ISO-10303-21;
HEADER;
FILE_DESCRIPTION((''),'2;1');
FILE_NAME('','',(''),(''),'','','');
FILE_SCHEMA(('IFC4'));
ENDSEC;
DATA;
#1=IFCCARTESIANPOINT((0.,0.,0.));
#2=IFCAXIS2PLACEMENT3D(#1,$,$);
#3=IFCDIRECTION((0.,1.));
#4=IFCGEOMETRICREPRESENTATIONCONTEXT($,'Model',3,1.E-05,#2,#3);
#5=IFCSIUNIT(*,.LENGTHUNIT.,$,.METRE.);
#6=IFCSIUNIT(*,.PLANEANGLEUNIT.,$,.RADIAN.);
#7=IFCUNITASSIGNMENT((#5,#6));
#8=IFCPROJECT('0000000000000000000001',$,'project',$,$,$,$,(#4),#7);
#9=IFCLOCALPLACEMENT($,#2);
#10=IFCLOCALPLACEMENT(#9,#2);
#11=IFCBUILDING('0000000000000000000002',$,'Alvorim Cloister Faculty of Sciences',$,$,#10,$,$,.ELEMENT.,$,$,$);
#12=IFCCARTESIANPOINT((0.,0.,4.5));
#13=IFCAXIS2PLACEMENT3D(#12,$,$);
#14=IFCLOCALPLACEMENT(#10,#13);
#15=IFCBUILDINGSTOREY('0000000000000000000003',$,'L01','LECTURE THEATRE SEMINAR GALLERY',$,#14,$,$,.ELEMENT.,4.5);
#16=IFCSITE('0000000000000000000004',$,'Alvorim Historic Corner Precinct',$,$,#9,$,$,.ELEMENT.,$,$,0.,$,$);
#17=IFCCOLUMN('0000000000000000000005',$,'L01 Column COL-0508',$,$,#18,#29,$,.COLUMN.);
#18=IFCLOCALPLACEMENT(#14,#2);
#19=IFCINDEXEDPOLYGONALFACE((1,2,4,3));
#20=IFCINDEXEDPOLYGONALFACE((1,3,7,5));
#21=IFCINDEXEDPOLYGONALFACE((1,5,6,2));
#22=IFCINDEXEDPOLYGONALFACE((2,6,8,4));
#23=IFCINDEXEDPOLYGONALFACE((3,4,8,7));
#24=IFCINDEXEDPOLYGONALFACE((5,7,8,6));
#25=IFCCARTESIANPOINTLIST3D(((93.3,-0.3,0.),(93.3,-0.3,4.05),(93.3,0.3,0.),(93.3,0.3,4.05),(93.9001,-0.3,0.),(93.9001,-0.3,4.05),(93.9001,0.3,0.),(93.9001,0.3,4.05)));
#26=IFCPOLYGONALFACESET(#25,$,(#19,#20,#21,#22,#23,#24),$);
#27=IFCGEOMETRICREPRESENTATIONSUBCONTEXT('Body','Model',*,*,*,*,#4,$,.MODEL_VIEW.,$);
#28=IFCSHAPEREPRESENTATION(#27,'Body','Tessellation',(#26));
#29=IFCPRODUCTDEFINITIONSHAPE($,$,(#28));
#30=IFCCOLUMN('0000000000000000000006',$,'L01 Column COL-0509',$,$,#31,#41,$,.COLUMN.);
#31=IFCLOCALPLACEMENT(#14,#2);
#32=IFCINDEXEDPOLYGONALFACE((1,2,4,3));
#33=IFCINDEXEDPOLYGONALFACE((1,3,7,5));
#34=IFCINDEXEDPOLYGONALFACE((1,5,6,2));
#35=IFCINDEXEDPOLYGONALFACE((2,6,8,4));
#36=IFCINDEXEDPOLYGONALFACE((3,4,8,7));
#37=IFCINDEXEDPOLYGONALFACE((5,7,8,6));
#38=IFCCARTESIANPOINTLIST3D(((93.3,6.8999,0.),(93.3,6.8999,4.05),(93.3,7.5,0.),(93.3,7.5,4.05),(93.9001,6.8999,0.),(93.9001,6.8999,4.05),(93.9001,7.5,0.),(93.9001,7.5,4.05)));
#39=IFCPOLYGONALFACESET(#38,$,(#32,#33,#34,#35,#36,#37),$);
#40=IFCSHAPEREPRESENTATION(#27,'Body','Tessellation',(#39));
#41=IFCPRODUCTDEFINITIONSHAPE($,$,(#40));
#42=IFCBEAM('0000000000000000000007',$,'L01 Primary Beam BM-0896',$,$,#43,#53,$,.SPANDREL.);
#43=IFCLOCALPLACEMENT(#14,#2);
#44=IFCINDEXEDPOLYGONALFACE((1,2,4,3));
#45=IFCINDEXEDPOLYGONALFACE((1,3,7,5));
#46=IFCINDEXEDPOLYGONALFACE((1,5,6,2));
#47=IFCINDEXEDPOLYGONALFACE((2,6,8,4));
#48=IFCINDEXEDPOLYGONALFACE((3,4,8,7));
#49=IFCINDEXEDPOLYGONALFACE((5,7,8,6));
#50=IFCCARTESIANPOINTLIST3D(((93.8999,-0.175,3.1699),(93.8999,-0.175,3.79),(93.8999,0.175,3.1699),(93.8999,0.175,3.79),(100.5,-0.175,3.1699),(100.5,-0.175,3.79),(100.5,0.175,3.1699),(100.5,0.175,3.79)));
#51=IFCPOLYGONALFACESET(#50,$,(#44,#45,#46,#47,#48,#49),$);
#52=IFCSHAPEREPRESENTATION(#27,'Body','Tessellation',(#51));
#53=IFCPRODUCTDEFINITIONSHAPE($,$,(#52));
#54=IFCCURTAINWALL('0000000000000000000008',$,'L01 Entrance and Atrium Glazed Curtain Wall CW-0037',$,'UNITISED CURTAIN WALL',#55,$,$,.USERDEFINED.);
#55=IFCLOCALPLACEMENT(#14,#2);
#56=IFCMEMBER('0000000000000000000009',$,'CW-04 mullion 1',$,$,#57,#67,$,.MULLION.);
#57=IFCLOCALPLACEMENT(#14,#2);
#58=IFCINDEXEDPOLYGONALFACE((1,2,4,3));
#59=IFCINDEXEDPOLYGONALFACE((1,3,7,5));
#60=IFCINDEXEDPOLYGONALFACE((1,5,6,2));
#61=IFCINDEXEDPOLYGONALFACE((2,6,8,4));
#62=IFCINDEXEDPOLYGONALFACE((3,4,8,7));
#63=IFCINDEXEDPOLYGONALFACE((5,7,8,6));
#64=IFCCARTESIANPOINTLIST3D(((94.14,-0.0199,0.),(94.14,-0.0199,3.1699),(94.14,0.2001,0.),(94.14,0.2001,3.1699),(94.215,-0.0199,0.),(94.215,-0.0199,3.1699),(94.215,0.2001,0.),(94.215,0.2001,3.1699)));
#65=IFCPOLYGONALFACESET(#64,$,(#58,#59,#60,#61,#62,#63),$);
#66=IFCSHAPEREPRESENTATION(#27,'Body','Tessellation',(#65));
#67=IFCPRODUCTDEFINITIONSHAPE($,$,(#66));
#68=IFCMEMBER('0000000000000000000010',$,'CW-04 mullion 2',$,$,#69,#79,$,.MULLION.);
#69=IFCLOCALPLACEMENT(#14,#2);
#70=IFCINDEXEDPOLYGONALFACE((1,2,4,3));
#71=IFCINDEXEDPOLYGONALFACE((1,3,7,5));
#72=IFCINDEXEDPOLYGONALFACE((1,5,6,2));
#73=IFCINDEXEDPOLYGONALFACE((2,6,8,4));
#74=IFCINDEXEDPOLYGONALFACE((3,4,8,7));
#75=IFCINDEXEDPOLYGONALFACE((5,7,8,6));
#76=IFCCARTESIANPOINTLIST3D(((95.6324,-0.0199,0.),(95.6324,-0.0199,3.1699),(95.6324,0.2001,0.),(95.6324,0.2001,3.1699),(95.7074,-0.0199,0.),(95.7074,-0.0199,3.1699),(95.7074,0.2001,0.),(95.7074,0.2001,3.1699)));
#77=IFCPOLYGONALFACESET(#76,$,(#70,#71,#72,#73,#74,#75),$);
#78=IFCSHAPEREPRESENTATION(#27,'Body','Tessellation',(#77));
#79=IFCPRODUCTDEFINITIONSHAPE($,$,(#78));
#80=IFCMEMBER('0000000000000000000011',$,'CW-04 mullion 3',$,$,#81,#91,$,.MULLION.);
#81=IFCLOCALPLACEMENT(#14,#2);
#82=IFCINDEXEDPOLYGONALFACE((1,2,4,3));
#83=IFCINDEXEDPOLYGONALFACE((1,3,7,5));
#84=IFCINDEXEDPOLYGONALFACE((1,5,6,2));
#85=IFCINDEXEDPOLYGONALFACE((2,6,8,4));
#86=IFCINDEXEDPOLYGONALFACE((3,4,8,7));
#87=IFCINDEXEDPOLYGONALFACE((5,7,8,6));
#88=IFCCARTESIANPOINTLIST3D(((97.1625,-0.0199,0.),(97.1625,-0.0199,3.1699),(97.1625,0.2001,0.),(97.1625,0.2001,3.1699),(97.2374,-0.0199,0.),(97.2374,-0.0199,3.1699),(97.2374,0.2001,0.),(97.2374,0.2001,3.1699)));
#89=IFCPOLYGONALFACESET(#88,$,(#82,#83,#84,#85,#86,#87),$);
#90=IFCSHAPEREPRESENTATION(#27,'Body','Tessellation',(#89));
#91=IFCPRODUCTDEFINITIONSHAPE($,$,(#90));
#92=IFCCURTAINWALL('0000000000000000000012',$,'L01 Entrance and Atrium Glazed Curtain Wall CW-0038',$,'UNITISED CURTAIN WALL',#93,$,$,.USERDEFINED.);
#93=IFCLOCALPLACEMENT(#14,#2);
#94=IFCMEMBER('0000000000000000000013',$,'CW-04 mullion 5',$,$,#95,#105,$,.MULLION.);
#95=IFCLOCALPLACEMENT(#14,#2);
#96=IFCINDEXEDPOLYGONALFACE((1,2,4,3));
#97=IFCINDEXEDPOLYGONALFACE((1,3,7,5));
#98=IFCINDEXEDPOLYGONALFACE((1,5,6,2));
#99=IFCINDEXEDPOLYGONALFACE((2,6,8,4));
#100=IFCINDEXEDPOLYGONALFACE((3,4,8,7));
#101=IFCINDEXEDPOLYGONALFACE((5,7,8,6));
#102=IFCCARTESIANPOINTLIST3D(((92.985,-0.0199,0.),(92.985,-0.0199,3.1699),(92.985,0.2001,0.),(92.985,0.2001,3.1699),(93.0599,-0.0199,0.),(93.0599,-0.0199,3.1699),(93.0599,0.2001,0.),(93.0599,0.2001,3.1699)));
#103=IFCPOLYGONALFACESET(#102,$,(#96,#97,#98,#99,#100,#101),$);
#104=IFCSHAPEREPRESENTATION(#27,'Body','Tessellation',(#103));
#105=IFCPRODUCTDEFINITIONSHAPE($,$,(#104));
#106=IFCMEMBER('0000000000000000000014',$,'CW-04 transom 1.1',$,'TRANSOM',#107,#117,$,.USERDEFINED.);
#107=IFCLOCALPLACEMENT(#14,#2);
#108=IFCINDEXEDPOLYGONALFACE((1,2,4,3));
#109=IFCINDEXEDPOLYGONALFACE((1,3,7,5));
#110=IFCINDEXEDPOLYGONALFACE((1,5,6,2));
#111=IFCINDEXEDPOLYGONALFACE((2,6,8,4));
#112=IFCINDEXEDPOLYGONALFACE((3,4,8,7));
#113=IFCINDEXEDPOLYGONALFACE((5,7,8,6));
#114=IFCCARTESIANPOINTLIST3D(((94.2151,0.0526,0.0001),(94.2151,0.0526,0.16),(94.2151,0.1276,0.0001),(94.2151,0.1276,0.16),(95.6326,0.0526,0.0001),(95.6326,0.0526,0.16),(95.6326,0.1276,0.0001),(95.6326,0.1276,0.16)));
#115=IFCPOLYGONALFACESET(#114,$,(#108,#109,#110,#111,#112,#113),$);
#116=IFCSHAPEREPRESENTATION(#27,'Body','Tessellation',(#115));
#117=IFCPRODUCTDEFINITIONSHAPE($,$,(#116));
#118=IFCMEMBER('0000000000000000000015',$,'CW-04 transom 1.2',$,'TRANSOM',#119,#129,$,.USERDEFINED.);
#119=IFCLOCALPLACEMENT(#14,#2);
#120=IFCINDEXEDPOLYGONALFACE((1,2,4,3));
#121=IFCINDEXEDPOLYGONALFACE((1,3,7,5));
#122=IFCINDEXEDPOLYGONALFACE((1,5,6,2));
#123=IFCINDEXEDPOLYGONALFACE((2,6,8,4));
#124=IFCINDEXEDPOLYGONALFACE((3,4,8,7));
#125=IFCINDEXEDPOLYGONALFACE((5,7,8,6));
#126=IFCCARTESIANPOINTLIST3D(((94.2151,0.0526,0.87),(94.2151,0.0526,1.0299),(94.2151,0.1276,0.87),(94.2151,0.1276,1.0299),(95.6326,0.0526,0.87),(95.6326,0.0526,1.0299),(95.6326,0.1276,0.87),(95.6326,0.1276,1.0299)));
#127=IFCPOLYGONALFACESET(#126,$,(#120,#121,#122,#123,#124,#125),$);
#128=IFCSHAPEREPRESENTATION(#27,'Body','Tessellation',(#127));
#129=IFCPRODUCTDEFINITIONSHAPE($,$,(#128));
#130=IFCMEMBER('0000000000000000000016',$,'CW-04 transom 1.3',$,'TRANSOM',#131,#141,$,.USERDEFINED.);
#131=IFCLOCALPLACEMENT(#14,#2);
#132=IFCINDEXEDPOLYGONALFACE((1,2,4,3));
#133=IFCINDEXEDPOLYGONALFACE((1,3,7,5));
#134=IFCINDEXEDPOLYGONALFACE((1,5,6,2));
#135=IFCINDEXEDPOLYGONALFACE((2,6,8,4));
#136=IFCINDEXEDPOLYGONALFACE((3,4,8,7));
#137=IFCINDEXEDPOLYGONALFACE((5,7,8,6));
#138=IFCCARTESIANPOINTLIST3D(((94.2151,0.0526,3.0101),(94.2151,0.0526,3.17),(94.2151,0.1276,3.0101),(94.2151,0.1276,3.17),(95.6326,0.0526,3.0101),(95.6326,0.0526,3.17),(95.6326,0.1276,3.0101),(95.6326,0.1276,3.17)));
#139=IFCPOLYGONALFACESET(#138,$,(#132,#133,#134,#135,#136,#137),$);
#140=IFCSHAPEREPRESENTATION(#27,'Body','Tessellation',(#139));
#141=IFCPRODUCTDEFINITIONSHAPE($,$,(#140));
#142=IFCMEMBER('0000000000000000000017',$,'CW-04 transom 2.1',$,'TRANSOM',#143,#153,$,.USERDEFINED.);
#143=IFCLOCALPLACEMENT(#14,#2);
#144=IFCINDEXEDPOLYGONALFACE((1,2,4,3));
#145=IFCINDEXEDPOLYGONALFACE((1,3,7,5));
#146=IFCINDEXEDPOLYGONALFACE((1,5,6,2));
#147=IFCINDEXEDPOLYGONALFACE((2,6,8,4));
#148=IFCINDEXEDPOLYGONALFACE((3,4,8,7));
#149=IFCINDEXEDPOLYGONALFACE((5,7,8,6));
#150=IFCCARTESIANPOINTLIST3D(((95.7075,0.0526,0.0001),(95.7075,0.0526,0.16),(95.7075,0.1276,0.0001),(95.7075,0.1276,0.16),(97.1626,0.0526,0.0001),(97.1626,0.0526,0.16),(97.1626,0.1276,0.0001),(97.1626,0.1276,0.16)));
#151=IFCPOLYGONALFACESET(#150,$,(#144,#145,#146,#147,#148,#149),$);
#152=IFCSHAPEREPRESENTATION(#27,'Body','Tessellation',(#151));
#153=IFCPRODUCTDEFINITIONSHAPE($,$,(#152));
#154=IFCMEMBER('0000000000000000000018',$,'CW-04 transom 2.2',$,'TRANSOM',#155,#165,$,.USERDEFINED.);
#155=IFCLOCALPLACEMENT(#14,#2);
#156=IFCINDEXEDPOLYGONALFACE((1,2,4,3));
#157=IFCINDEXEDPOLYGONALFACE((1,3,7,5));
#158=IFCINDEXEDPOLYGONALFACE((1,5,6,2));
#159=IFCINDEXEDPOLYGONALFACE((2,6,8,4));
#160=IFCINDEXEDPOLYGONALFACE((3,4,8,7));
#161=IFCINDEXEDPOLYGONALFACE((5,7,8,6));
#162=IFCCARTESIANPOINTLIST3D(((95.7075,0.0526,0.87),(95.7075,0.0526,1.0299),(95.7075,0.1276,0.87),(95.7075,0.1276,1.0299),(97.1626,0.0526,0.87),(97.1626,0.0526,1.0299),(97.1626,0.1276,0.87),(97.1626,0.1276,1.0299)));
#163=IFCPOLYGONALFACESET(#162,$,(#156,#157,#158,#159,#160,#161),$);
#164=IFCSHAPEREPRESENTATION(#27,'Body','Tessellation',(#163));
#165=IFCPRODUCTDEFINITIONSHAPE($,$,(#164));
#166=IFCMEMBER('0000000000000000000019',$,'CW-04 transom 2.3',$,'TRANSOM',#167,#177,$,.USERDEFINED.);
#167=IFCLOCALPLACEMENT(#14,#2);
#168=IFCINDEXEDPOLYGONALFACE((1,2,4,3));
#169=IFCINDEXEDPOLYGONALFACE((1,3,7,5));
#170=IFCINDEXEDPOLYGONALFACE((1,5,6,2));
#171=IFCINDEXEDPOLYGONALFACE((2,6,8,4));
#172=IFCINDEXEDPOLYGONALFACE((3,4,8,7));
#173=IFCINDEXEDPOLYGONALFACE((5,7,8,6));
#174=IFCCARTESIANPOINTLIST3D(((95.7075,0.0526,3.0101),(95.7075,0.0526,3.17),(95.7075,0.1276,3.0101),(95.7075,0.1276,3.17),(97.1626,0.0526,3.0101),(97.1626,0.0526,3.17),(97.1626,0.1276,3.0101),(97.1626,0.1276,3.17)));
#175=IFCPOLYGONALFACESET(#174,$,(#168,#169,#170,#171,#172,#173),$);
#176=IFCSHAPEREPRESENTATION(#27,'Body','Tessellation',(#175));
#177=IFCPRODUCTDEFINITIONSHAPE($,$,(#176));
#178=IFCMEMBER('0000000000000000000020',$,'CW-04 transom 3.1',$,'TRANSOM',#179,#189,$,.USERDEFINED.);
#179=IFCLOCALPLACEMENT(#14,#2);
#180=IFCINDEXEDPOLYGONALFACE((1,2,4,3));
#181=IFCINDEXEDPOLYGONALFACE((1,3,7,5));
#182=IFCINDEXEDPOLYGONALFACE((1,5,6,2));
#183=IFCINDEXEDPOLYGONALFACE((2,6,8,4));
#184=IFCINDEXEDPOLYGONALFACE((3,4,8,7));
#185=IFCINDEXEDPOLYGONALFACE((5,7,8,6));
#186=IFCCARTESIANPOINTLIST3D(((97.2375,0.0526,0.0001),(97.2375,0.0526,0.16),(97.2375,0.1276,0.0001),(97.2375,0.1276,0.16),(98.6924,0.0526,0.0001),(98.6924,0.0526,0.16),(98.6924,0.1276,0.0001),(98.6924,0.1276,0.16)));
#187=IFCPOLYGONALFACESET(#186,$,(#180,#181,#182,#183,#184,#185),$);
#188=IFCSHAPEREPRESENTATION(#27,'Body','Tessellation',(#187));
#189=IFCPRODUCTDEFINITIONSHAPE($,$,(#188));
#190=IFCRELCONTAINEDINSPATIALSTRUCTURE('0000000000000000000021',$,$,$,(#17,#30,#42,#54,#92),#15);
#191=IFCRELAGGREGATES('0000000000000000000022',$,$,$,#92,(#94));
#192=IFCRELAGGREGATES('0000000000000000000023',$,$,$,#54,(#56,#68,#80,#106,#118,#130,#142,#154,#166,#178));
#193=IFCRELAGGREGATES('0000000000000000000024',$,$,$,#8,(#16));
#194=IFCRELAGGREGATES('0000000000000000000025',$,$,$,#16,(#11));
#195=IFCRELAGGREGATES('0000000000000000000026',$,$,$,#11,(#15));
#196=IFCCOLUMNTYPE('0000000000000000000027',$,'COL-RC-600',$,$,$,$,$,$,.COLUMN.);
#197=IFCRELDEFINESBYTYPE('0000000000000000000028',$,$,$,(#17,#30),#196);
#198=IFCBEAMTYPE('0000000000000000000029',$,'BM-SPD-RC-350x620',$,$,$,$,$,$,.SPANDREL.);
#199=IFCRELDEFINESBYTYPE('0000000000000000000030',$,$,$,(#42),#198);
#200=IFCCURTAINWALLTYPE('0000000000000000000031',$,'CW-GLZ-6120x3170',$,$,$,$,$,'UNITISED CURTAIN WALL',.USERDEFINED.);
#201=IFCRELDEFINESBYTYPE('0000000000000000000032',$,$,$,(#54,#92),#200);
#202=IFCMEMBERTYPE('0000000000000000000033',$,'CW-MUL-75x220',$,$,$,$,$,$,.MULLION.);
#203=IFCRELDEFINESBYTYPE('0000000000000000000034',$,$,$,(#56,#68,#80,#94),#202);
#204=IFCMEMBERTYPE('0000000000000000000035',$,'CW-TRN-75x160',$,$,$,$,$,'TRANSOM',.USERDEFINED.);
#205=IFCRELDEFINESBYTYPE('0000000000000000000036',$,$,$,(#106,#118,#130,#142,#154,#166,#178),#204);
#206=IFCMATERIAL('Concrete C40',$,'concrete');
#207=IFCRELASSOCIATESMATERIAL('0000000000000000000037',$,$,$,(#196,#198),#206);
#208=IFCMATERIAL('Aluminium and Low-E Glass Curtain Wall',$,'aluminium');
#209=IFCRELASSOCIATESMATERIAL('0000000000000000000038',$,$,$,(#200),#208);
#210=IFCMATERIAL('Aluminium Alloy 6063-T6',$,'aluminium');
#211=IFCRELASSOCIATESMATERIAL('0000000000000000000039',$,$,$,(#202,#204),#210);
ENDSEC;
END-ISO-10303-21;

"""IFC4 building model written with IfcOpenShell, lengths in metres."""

from ifc_helpers import new_model, si_unit, direction, frame, origin, origin_2d, place, context, subcontext, project, spatial, rectangle, extrude, material, material_profile, profile_set, type_object, element, aggregate, save


model = new_model("IFC4")

# Units and contexts
model_context = context("Model", 3, precision=1e-05, world=origin(), true_north=direction((0.0, 1.0)))
body_context = subcontext(model_context, "Body", "Model", "MODEL_VIEW")
ifc_project = project(units=[si_unit("LENGTHUNIT", "METRE"), si_unit("PLANEANGLEUNIT", "RADIAN")], contexts=[model_context])

# Site, building, storey
site_placement = place(None, origin())
site = spatial("IfcSite", under=ifc_project, at=site_placement, Name="Alvorim Historic Corner Precinct", CompositionType="ELEMENT", RefElevation=0.0)
building_placement = place(site_placement, origin())
building = spatial("IfcBuilding", under=site, at=building_placement, Name="Alvorim Cloister Faculty of Sciences", CompositionType="ELEMENT")
storey_placement = place(building_placement, frame((0.0, 0.0, 4.5)))
storey = spatial("IfcBuildingStorey", under=building, at=storey_placement, Name="L01", Description="LECTURE THEATRE SEMINAR GALLERY", CompositionType="ELEMENT", Elevation=4.5)

# Columns
ifc_material_1 = material(Name="Concrete C40", Category="concrete")
ifc_material_profile_1 = material_profile(ifc_material_1, rectangle(XDim=0.6001, YDim=0.6001, at=origin_2d()), Name="RC40-COL-600x600")
ifc_profile_set_1 = profile_set([ifc_material_profile_1], Name="Concrete C40")
column_type = type_object("IfcColumnType", Name="COL-RC-600", PredefinedType="COLUMN", material=ifc_profile_set_1)
for number, where, z_axis, x_axis, name in (
    (1, (93.6001, 0.0, 0.0), (0.0, 0.0, 1.0), (1.0, 0.0, 0.0), "L01 Column COL-0508"),
    (2, (93.6001, 7.2, 0.0), (0.0, 0.0, 1.0), (1.0, 0.0, 0.0), "L01 Column COL-0509"),
):
    element("IfcColumn", number, at=place(storey_placement, frame(where, z_axis=z_axis, x_axis=x_axis)), inside=storey, type_object=column_type, Name=name, PredefinedType="COLUMN", context=body_context, shape_type="SweptSolid", body=[
        extrude(rectangle(XDim=0.6001, YDim=0.6001, at=origin_2d()), origin(), (0.0, 0.0, 1.0), 4.05),
    ])

# Beam
ifc_material_profile_2 = material_profile(ifc_material_1, rectangle(XDim=0.3501, YDim=0.6201, at=origin_2d()), Name="RC40-SPD-350x620")
ifc_profile_set_2 = profile_set([ifc_material_profile_2], Name="Concrete C40")
beam_type = type_object("IfcBeamType", Name="BM-SPD-RC-350x620", PredefinedType="SPANDREL", material=ifc_profile_set_2)
beam_placement = place(storey_placement, frame((93.8999, 0.0, 3.48), z_axis=(1.0, 0.0, 0.0), x_axis=(0.0, 1.0, 0.0)))
element("IfcBeam", 3, at=beam_placement, inside=storey, type_object=beam_type, Name="L01 Primary Beam BM-0896", PredefinedType="SPANDREL", context=body_context, shape_type="SweptSolid", body=[
    extrude(rectangle(XDim=0.3501, YDim=0.6201, at=origin_2d()), origin(), (0.0, 0.0, 1.0), 6.6001),
])

# Curtain wall, members
ifc_material_2 = material(Name="Aluminium and Low-E Glass Curtain Wall", Category="aluminium")
curtain_wall_type = type_object("IfcCurtainWallType", Name="CW-GLZ-6120x3170", ElementType="UNITISED CURTAIN WALL", PredefinedType="USERDEFINED", material=ifc_material_2)
curtain_wall_1_placement = place(storey_placement, origin())
curtain_wall_1 = element("IfcCurtainWall", 4, at=curtain_wall_1_placement, inside=storey, type_object=curtain_wall_type, Name="L01 Entrance and Atrium Glazed Curtain Wall CW-0037", ObjectType="UNITISED CURTAIN WALL", PredefinedType="USERDEFINED")
ifc_material_3 = material(Name="Aluminium Alloy 6063-T6", Category="aluminium")
ifc_material_profile_3 = material_profile(ifc_material_3, rectangle(XDim=0.075, YDim=0.22, at=origin_2d()), Name="ALU-MUL-75x220")
ifc_profile_set_3 = profile_set([ifc_material_profile_3], Name="Aluminium Alloy 6063-T6")
member_type_1 = type_object("IfcMemberType", Name="CW-MUL-75x220", PredefinedType="MULLION", material=ifc_profile_set_3)
member_1_placement = place(storey_placement, frame((94.1775, 0.0901, 0.0), z_axis=(0.0, 0.0, 1.0), x_axis=(1.0, 0.0, 0.0)))
member_1 = element("IfcMember", 5, at=member_1_placement, type_object=member_type_1, Name="CW-04 mullion 1", PredefinedType="MULLION", context=body_context, shape_type="SweptSolid", body=[
    extrude(rectangle(XDim=0.075, YDim=0.22, at=origin_2d()), origin(), (0.0, 0.0, 1.0), 3.1699),
])
member_2_placement = place(storey_placement, frame((95.6699, 0.0901, 0.0), z_axis=(0.0, 0.0, 1.0), x_axis=(1.0, 0.0, 0.0)))
member_2 = element("IfcMember", 6, at=member_2_placement, type_object=member_type_1, Name="CW-04 mullion 2", PredefinedType="MULLION", context=body_context, shape_type="SweptSolid", body=[
    extrude(rectangle(XDim=0.075, YDim=0.22, at=origin_2d()), origin(), (0.0, 0.0, 1.0), 3.1699),
])
member_3_placement = place(storey_placement, frame((97.2, 0.0901, 0.0), z_axis=(0.0, 0.0, 1.0), x_axis=(1.0, 0.0, 0.0)))
member_3 = element("IfcMember", 7, at=member_3_placement, type_object=member_type_1, Name="CW-04 mullion 3", PredefinedType="MULLION", context=body_context, shape_type="SweptSolid", body=[
    extrude(rectangle(XDim=0.075, YDim=0.22, at=origin_2d()), origin(), (0.0, 0.0, 1.0), 3.1699),
])

# Curtain wall, member
curtain_wall_2_placement = place(storey_placement, origin())
curtain_wall_2 = element("IfcCurtainWall", 8, at=curtain_wall_2_placement, inside=storey, type_object=curtain_wall_type, Name="L01 Entrance and Atrium Glazed Curtain Wall CW-0038", ObjectType="UNITISED CURTAIN WALL", PredefinedType="USERDEFINED")
member_4_placement = place(storey_placement, frame((93.0225, 0.0901, 0.0), z_axis=(0.0, 0.0, 1.0), x_axis=(1.0, 0.0, 0.0)))
member_4 = element("IfcMember", 9, at=member_4_placement, type_object=member_type_1, Name="CW-04 mullion 5", PredefinedType="MULLION", context=body_context, shape_type="SweptSolid", body=[
    extrude(rectangle(XDim=0.075, YDim=0.22, at=origin_2d()), origin(), (0.0, 0.0, 1.0), 3.1699),
])

# Members
ifc_material_profile_4 = material_profile(ifc_material_3, rectangle(XDim=0.075, YDim=0.1599, at=origin_2d()), Name="ALU-TRN-75x160")
ifc_profile_set_4 = profile_set([ifc_material_profile_4], Name="Aluminium Alloy 6063-T6")
member_type_2 = type_object("IfcMemberType", Name="CW-TRN-75x160", ElementType="TRANSOM", PredefinedType="USERDEFINED", material=ifc_profile_set_4)
member_5_placement = place(storey_placement, frame((94.2151, 0.0901, 0.0801), z_axis=(1.0, 0.0, 0.0), x_axis=(0.0, 1.0, 0.0)))
member_5 = element("IfcMember", 10, at=member_5_placement, type_object=member_type_2, Name="CW-04 transom 1.1", ObjectType="TRANSOM", PredefinedType="USERDEFINED", context=body_context, shape_type="SweptSolid", body=[
    extrude(rectangle(XDim=0.075, YDim=0.1599, at=origin_2d()), origin(), (0.0, 0.0, 1.0), 1.4175),
])
member_6_placement = place(storey_placement, frame((94.2151, 0.0901, 0.95), z_axis=(1.0, 0.0, 0.0), x_axis=(0.0, 1.0, 0.0)))
member_6 = element("IfcMember", 11, at=member_6_placement, type_object=member_type_2, Name="CW-04 transom 1.2", ObjectType="TRANSOM", PredefinedType="USERDEFINED", context=body_context, shape_type="SweptSolid", body=[
    extrude(rectangle(XDim=0.075, YDim=0.1599, at=origin_2d()), origin(), (0.0, 0.0, 1.0), 1.4175),
])
member_7_placement = place(storey_placement, frame((94.2151, 0.0901, 3.0901), z_axis=(1.0, 0.0, 0.0), x_axis=(0.0, 1.0, 0.0)))
member_7 = element("IfcMember", 12, at=member_7_placement, type_object=member_type_2, Name="CW-04 transom 1.3", ObjectType="TRANSOM", PredefinedType="USERDEFINED", context=body_context, shape_type="SweptSolid", body=[
    extrude(rectangle(XDim=0.075, YDim=0.1599, at=origin_2d()), origin(), (0.0, 0.0, 1.0), 1.4175),
])
member_8_placement = place(storey_placement, frame((95.7075, 0.0901, 0.0801), z_axis=(1.0, 0.0, 0.0), x_axis=(0.0, 1.0, 0.0)))
member_8 = element("IfcMember", 13, at=member_8_placement, type_object=member_type_2, Name="CW-04 transom 2.1", ObjectType="TRANSOM", PredefinedType="USERDEFINED", context=body_context, shape_type="SweptSolid", body=[
    extrude(rectangle(XDim=0.075, YDim=0.1599, at=origin_2d()), origin(), (0.0, 0.0, 1.0), 1.4551),
])
member_9_placement = place(storey_placement, frame((95.7075, 0.0901, 0.95), z_axis=(1.0, 0.0, 0.0), x_axis=(0.0, 1.0, 0.0)))
member_9 = element("IfcMember", 14, at=member_9_placement, type_object=member_type_2, Name="CW-04 transom 2.2", ObjectType="TRANSOM", PredefinedType="USERDEFINED", context=body_context, shape_type="SweptSolid", body=[
    extrude(rectangle(XDim=0.075, YDim=0.1599, at=origin_2d()), origin(), (0.0, 0.0, 1.0), 1.4551),
])
member_10_placement = place(storey_placement, frame((95.7075, 0.0901, 3.0901), z_axis=(1.0, 0.0, 0.0), x_axis=(0.0, 1.0, 0.0)))
member_10 = element("IfcMember", 15, at=member_10_placement, type_object=member_type_2, Name="CW-04 transom 2.3", ObjectType="TRANSOM", PredefinedType="USERDEFINED", context=body_context, shape_type="SweptSolid", body=[
    extrude(rectangle(XDim=0.075, YDim=0.1599, at=origin_2d()), origin(), (0.0, 0.0, 1.0), 1.4551),
])
member_11_placement = place(storey_placement, frame((97.2375, 0.0901, 0.0801), z_axis=(1.0, 0.0, 0.0), x_axis=(0.0, 1.0, 0.0)))
member_11 = element("IfcMember", 16, at=member_11_placement, type_object=member_type_2, Name="CW-04 transom 3.1", ObjectType="TRANSOM", PredefinedType="USERDEFINED", context=body_context, shape_type="SweptSolid", body=[
    extrude(rectangle(XDim=0.075, YDim=0.1599, at=origin_2d()), origin(), (0.0, 0.0, 1.0), 1.4548),
])

aggregate(curtain_wall_2, [member_4])
aggregate(curtain_wall_1, [member_1, member_2, member_3, member_5, member_6, member_7, member_8, member_9, member_10, member_11])

save(model, "model.ifc")
